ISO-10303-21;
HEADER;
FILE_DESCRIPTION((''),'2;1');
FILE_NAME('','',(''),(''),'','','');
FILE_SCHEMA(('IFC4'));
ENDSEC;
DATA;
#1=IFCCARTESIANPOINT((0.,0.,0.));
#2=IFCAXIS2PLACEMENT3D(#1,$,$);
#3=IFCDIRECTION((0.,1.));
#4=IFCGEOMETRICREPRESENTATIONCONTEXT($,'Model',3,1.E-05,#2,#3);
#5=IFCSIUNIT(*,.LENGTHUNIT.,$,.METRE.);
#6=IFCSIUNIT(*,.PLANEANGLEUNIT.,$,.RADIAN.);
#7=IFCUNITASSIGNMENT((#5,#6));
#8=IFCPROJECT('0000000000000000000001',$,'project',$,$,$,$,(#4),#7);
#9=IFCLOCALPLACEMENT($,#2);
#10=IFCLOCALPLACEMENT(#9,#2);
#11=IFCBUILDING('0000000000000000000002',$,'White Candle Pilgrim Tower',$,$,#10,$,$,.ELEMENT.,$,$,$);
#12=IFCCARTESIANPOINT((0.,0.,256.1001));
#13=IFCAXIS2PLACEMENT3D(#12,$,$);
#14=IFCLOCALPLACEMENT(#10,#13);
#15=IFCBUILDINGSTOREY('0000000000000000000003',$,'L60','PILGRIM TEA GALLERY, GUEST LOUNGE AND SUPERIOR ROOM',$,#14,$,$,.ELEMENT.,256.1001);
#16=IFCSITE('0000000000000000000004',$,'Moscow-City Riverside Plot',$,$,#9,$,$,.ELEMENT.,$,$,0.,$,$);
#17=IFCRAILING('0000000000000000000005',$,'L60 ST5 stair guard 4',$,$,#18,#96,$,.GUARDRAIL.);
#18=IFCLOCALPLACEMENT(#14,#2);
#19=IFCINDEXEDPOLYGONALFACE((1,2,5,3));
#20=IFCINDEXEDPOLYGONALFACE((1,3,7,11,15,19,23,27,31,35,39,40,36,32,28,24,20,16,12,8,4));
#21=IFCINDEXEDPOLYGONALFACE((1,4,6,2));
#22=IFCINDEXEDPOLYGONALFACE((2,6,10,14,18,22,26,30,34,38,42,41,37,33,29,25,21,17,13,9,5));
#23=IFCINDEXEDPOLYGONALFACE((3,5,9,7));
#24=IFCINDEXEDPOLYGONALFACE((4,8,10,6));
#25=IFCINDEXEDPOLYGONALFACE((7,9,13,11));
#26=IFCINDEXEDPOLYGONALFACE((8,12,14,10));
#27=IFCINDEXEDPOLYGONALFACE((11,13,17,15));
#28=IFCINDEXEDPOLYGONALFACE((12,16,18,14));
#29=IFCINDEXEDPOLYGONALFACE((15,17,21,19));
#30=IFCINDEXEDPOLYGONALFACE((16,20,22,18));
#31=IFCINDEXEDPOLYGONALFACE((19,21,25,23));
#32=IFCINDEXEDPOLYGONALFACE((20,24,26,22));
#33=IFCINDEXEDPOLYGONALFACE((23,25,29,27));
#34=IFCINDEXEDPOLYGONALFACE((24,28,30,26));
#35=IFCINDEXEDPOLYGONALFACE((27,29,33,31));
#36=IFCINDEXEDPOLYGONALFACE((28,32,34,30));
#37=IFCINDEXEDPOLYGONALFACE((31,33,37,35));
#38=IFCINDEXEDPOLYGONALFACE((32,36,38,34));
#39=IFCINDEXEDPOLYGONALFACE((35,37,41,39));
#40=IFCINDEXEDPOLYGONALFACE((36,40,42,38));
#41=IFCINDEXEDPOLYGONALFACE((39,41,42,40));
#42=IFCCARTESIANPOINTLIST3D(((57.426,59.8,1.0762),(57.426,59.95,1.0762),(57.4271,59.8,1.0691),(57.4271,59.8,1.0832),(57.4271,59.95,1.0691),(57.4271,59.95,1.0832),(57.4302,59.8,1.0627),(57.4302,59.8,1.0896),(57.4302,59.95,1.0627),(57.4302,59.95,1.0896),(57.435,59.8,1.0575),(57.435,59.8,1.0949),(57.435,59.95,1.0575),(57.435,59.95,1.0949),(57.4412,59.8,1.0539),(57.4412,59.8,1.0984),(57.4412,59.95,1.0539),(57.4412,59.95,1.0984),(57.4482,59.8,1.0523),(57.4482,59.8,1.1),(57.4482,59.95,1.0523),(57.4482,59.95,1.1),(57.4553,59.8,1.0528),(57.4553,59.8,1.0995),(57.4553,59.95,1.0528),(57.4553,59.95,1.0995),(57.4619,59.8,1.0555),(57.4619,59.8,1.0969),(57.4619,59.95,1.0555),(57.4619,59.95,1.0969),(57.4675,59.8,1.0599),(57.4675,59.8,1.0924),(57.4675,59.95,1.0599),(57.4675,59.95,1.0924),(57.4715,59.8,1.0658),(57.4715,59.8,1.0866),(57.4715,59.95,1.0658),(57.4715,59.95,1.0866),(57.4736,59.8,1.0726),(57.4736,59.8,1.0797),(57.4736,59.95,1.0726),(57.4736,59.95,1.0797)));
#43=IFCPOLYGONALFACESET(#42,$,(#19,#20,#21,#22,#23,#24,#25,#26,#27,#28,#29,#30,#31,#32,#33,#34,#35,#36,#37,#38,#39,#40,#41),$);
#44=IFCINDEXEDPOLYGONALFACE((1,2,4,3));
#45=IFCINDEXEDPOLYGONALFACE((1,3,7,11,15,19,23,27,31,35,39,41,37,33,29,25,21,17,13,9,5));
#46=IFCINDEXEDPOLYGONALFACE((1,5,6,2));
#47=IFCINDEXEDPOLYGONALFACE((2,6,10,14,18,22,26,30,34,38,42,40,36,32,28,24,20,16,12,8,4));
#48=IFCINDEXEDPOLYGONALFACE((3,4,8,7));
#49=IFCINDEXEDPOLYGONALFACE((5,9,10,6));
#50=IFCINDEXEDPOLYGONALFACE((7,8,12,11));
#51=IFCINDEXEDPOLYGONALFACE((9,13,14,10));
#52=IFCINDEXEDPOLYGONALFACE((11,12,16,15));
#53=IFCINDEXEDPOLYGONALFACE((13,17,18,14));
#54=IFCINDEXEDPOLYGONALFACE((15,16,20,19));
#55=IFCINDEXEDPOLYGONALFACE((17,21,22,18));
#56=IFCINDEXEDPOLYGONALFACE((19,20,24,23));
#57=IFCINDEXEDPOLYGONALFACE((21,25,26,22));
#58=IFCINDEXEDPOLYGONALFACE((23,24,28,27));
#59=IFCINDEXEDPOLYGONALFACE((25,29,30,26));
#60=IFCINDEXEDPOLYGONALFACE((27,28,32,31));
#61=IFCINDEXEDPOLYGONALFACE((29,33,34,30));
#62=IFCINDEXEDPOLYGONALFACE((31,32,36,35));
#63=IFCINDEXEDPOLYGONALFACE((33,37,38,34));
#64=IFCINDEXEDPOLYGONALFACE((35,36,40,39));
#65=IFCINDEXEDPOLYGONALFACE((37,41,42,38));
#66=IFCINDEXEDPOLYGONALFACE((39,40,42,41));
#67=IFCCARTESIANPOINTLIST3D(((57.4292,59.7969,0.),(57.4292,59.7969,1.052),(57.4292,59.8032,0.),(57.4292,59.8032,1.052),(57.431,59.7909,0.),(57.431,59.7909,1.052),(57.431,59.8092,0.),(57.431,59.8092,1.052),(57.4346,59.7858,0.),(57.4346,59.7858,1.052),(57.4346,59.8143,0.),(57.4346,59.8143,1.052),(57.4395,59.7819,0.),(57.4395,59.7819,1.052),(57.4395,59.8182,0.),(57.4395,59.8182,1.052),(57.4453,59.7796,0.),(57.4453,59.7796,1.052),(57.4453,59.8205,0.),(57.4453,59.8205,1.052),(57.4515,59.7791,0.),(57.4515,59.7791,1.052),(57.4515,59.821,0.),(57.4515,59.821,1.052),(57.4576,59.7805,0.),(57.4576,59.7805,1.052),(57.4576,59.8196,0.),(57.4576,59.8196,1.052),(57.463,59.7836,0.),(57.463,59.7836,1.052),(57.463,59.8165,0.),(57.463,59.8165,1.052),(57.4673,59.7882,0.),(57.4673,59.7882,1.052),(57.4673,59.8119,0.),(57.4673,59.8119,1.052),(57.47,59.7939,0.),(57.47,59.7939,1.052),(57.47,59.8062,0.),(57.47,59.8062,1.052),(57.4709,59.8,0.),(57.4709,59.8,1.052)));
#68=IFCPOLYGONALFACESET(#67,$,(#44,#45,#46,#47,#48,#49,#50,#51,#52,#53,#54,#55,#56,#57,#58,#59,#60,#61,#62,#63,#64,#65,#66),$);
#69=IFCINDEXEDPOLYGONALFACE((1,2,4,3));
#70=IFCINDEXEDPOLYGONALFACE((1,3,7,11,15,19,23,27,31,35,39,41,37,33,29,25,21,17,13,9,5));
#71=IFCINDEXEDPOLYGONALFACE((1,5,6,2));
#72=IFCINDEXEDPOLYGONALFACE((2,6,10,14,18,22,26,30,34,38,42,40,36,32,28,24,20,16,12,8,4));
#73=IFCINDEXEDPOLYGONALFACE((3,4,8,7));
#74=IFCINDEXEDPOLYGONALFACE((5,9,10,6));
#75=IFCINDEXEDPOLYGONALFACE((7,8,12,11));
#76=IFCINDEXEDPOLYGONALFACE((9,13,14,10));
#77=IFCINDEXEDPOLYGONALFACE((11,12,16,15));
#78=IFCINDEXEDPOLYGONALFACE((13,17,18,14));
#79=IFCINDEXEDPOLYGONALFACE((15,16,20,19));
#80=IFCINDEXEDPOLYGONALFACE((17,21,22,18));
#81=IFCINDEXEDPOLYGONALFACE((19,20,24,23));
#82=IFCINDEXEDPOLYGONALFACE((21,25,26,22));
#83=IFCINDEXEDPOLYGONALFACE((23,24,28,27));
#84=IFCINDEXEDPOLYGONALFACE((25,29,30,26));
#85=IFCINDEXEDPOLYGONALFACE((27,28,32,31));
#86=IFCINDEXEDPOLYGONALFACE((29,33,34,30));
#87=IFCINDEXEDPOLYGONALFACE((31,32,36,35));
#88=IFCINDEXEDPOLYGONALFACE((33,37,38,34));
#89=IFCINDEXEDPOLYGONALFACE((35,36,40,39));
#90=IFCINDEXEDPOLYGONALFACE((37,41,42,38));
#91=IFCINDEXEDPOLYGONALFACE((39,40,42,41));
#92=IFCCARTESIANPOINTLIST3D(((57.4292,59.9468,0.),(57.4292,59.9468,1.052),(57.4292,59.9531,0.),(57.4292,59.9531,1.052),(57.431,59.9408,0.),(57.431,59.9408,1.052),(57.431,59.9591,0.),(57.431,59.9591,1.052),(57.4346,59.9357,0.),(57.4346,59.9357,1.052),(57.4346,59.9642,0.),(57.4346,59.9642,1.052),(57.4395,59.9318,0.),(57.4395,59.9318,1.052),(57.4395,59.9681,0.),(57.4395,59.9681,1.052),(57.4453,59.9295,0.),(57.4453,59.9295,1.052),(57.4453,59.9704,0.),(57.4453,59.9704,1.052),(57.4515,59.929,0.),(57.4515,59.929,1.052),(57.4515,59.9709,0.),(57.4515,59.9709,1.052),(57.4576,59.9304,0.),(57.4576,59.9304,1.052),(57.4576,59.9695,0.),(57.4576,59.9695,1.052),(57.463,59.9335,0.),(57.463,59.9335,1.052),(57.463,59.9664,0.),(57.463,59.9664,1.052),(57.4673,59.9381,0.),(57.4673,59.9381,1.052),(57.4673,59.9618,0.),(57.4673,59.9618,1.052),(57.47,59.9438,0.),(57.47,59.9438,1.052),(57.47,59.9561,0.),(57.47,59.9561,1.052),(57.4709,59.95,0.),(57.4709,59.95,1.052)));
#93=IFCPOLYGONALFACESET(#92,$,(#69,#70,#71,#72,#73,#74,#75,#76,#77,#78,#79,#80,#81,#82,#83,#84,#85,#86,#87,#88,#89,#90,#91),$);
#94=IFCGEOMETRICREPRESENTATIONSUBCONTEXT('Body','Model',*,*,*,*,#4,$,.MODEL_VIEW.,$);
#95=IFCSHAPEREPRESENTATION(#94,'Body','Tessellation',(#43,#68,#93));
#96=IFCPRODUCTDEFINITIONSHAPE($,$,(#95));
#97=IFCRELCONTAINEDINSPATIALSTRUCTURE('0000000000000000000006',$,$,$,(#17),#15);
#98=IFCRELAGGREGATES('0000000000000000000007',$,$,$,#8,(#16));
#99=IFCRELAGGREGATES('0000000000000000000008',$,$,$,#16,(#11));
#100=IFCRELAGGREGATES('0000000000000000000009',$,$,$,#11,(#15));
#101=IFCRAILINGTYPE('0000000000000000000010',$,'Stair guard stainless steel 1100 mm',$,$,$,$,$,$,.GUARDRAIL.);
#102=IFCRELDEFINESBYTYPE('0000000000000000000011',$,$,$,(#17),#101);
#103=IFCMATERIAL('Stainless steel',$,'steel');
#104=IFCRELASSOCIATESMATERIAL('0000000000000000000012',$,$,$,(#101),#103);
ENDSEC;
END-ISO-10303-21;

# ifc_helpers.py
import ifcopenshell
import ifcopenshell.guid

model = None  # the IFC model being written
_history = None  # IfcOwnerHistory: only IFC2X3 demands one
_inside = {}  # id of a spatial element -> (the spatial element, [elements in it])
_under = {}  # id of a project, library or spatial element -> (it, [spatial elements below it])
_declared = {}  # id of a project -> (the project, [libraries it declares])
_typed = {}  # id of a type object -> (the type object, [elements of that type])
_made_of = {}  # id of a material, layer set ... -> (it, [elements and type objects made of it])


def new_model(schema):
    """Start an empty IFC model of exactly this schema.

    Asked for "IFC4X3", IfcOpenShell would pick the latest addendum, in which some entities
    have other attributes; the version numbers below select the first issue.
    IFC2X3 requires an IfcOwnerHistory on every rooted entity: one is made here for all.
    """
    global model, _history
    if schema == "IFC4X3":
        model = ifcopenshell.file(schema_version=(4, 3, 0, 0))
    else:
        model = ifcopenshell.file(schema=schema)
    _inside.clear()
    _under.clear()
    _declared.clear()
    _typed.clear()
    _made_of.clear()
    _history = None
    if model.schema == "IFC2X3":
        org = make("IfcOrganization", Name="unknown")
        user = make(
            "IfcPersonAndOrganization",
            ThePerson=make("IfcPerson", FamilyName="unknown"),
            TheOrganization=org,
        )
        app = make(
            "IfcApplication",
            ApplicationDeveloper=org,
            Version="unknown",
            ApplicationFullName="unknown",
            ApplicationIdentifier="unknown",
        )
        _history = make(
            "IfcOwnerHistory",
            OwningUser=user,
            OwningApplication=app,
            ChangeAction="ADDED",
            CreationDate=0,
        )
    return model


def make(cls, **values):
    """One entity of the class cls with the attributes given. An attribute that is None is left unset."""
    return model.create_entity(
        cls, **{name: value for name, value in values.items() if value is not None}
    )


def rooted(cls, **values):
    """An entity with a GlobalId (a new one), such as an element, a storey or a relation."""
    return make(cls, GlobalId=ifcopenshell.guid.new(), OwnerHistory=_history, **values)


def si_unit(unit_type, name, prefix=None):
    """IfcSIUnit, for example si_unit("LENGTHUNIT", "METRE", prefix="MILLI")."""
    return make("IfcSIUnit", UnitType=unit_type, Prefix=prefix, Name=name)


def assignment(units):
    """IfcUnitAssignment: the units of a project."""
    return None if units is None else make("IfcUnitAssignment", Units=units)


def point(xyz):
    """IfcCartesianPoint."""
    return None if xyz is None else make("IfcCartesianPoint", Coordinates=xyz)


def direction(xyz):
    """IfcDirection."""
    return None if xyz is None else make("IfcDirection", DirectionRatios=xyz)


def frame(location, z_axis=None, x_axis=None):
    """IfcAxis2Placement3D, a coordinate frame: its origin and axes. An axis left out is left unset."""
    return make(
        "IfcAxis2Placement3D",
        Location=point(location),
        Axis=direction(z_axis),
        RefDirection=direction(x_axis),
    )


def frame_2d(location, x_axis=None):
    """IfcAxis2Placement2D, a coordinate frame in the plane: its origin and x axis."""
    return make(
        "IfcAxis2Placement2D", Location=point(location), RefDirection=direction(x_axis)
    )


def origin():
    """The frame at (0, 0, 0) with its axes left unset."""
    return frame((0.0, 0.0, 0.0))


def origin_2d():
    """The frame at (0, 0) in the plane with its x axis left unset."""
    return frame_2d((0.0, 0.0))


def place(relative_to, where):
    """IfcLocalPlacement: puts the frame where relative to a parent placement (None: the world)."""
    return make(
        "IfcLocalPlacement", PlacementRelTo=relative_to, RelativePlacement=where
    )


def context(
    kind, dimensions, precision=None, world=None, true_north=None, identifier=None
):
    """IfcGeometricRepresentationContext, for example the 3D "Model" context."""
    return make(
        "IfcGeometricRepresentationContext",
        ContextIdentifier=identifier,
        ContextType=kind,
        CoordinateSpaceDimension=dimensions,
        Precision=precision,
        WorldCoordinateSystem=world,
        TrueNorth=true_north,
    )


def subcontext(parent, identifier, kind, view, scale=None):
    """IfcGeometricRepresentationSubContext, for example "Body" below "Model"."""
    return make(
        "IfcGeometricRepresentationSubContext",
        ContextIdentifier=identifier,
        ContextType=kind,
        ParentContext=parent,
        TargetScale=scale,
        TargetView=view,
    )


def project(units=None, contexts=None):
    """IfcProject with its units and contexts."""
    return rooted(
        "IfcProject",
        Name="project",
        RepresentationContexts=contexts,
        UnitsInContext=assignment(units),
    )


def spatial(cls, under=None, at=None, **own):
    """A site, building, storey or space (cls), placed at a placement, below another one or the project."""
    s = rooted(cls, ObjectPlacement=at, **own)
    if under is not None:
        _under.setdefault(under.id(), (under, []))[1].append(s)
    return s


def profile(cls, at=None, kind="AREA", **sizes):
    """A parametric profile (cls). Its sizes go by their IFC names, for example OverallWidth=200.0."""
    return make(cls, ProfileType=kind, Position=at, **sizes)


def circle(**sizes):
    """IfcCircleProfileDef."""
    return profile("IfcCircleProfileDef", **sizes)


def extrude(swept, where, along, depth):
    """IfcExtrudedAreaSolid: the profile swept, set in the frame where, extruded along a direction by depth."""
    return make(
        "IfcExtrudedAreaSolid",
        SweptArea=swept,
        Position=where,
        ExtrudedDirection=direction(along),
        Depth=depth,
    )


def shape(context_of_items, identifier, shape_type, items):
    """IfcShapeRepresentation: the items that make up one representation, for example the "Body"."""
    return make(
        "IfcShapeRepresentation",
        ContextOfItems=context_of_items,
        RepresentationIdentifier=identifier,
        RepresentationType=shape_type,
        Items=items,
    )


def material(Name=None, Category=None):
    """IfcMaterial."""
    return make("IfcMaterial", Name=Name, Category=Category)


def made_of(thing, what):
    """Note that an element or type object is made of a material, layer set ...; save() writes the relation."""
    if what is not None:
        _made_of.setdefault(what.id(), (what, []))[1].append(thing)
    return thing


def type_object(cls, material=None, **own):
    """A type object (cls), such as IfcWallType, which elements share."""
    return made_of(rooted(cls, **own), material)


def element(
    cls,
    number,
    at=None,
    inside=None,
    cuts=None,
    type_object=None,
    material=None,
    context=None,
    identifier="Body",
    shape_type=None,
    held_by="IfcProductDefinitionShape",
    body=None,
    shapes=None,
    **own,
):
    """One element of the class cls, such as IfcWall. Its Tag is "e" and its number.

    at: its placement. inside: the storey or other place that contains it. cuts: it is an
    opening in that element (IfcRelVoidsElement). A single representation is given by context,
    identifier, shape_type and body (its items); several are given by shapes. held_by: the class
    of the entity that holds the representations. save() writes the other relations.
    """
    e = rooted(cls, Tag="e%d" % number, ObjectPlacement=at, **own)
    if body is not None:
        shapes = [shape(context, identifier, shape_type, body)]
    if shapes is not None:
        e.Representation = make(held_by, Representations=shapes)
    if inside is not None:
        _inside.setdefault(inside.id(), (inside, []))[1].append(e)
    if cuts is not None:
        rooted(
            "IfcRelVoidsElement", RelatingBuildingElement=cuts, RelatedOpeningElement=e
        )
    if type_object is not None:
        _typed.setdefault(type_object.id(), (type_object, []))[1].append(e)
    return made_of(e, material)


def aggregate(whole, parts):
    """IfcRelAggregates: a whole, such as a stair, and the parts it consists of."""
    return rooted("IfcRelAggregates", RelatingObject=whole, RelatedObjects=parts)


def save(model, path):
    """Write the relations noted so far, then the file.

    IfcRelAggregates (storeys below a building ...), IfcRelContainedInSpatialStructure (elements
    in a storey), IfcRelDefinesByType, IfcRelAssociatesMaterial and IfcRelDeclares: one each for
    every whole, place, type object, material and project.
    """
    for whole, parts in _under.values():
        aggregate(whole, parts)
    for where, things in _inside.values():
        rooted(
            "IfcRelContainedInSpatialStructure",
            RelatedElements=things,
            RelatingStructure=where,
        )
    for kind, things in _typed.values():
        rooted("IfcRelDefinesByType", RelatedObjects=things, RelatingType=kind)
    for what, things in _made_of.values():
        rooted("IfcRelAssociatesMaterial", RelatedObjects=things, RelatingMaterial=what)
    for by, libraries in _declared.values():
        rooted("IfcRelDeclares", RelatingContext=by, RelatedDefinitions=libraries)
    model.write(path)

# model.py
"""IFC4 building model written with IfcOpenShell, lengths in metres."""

from ifc_helpers import new_model, si_unit, direction, frame, origin, origin_2d, place, context, subcontext, project, spatial, circle, extrude, material, type_object, element, save


model = new_model("IFC4")

# Units and contexts
model_context = context("Model", 3, precision=1e-05, world=origin(), true_north=direction((0.0, 1.0)))
body_context = subcontext(model_context, "Body", "Model", "MODEL_VIEW")
ifc_project = project(units=[si_unit("LENGTHUNIT", "METRE"), si_unit("PLANEANGLEUNIT", "RADIAN")], contexts=[model_context])

# Site, building, storey
site_placement = place(None, origin())
site = spatial("IfcSite", under=ifc_project, at=site_placement, Name="Moscow-City Riverside Plot", CompositionType="ELEMENT", RefElevation=0.0)
building_placement = place(site_placement, origin())
building = spatial("IfcBuilding", under=site, at=building_placement, Name="White Candle Pilgrim Tower", CompositionType="ELEMENT")
storey_placement = place(building_placement, frame((0.0, 0.0, 256.1001)))
storey = spatial("IfcBuildingStorey", under=building, at=storey_placement, Name="L60", Description="PILGRIM TEA GALLERY, GUEST LOUNGE AND SUPERIOR ROOM", CompositionType="ELEMENT", Elevation=256.1001)

# Railing
ifc_material_1 = material(Name="Stainless steel", Category="steel")
railing_type_1 = type_object("IfcRailingType", Name="Stair guard stainless steel 1100 mm", PredefinedType="GUARDRAIL", material=ifc_material_1)
railing_1_placement = place(storey_placement, frame((57.45, 59.8, 0.0)))
element("IfcRailing", 1, at=railing_1_placement, inside=storey, type_object=railing_type_1, Name="L60 ST5 stair guard 4", PredefinedType="GUARDRAIL", context=body_context, shape_type="SweptSolid", body=[
    extrude(circle(Radius=0.0239, at=origin_2d()), frame((0.0, 0.0, 1.0762), z_axis=(0.0, 1.0, 0.0), x_axis=(-1.0, 0.0, 0.0)), (0.0, 0.0, 1.0), 0.1499),
    extrude(circle(Radius=0.021, at=origin_2d()), origin(), (0.0, 0.0, 1.0), 1.052),
    extrude(circle(Radius=0.021, at=origin_2d()), frame((0.0, 0.1499, 0.0)), (0.0, 0.0, 1.0), 1.052),
])

save(model, "model.ifc")
